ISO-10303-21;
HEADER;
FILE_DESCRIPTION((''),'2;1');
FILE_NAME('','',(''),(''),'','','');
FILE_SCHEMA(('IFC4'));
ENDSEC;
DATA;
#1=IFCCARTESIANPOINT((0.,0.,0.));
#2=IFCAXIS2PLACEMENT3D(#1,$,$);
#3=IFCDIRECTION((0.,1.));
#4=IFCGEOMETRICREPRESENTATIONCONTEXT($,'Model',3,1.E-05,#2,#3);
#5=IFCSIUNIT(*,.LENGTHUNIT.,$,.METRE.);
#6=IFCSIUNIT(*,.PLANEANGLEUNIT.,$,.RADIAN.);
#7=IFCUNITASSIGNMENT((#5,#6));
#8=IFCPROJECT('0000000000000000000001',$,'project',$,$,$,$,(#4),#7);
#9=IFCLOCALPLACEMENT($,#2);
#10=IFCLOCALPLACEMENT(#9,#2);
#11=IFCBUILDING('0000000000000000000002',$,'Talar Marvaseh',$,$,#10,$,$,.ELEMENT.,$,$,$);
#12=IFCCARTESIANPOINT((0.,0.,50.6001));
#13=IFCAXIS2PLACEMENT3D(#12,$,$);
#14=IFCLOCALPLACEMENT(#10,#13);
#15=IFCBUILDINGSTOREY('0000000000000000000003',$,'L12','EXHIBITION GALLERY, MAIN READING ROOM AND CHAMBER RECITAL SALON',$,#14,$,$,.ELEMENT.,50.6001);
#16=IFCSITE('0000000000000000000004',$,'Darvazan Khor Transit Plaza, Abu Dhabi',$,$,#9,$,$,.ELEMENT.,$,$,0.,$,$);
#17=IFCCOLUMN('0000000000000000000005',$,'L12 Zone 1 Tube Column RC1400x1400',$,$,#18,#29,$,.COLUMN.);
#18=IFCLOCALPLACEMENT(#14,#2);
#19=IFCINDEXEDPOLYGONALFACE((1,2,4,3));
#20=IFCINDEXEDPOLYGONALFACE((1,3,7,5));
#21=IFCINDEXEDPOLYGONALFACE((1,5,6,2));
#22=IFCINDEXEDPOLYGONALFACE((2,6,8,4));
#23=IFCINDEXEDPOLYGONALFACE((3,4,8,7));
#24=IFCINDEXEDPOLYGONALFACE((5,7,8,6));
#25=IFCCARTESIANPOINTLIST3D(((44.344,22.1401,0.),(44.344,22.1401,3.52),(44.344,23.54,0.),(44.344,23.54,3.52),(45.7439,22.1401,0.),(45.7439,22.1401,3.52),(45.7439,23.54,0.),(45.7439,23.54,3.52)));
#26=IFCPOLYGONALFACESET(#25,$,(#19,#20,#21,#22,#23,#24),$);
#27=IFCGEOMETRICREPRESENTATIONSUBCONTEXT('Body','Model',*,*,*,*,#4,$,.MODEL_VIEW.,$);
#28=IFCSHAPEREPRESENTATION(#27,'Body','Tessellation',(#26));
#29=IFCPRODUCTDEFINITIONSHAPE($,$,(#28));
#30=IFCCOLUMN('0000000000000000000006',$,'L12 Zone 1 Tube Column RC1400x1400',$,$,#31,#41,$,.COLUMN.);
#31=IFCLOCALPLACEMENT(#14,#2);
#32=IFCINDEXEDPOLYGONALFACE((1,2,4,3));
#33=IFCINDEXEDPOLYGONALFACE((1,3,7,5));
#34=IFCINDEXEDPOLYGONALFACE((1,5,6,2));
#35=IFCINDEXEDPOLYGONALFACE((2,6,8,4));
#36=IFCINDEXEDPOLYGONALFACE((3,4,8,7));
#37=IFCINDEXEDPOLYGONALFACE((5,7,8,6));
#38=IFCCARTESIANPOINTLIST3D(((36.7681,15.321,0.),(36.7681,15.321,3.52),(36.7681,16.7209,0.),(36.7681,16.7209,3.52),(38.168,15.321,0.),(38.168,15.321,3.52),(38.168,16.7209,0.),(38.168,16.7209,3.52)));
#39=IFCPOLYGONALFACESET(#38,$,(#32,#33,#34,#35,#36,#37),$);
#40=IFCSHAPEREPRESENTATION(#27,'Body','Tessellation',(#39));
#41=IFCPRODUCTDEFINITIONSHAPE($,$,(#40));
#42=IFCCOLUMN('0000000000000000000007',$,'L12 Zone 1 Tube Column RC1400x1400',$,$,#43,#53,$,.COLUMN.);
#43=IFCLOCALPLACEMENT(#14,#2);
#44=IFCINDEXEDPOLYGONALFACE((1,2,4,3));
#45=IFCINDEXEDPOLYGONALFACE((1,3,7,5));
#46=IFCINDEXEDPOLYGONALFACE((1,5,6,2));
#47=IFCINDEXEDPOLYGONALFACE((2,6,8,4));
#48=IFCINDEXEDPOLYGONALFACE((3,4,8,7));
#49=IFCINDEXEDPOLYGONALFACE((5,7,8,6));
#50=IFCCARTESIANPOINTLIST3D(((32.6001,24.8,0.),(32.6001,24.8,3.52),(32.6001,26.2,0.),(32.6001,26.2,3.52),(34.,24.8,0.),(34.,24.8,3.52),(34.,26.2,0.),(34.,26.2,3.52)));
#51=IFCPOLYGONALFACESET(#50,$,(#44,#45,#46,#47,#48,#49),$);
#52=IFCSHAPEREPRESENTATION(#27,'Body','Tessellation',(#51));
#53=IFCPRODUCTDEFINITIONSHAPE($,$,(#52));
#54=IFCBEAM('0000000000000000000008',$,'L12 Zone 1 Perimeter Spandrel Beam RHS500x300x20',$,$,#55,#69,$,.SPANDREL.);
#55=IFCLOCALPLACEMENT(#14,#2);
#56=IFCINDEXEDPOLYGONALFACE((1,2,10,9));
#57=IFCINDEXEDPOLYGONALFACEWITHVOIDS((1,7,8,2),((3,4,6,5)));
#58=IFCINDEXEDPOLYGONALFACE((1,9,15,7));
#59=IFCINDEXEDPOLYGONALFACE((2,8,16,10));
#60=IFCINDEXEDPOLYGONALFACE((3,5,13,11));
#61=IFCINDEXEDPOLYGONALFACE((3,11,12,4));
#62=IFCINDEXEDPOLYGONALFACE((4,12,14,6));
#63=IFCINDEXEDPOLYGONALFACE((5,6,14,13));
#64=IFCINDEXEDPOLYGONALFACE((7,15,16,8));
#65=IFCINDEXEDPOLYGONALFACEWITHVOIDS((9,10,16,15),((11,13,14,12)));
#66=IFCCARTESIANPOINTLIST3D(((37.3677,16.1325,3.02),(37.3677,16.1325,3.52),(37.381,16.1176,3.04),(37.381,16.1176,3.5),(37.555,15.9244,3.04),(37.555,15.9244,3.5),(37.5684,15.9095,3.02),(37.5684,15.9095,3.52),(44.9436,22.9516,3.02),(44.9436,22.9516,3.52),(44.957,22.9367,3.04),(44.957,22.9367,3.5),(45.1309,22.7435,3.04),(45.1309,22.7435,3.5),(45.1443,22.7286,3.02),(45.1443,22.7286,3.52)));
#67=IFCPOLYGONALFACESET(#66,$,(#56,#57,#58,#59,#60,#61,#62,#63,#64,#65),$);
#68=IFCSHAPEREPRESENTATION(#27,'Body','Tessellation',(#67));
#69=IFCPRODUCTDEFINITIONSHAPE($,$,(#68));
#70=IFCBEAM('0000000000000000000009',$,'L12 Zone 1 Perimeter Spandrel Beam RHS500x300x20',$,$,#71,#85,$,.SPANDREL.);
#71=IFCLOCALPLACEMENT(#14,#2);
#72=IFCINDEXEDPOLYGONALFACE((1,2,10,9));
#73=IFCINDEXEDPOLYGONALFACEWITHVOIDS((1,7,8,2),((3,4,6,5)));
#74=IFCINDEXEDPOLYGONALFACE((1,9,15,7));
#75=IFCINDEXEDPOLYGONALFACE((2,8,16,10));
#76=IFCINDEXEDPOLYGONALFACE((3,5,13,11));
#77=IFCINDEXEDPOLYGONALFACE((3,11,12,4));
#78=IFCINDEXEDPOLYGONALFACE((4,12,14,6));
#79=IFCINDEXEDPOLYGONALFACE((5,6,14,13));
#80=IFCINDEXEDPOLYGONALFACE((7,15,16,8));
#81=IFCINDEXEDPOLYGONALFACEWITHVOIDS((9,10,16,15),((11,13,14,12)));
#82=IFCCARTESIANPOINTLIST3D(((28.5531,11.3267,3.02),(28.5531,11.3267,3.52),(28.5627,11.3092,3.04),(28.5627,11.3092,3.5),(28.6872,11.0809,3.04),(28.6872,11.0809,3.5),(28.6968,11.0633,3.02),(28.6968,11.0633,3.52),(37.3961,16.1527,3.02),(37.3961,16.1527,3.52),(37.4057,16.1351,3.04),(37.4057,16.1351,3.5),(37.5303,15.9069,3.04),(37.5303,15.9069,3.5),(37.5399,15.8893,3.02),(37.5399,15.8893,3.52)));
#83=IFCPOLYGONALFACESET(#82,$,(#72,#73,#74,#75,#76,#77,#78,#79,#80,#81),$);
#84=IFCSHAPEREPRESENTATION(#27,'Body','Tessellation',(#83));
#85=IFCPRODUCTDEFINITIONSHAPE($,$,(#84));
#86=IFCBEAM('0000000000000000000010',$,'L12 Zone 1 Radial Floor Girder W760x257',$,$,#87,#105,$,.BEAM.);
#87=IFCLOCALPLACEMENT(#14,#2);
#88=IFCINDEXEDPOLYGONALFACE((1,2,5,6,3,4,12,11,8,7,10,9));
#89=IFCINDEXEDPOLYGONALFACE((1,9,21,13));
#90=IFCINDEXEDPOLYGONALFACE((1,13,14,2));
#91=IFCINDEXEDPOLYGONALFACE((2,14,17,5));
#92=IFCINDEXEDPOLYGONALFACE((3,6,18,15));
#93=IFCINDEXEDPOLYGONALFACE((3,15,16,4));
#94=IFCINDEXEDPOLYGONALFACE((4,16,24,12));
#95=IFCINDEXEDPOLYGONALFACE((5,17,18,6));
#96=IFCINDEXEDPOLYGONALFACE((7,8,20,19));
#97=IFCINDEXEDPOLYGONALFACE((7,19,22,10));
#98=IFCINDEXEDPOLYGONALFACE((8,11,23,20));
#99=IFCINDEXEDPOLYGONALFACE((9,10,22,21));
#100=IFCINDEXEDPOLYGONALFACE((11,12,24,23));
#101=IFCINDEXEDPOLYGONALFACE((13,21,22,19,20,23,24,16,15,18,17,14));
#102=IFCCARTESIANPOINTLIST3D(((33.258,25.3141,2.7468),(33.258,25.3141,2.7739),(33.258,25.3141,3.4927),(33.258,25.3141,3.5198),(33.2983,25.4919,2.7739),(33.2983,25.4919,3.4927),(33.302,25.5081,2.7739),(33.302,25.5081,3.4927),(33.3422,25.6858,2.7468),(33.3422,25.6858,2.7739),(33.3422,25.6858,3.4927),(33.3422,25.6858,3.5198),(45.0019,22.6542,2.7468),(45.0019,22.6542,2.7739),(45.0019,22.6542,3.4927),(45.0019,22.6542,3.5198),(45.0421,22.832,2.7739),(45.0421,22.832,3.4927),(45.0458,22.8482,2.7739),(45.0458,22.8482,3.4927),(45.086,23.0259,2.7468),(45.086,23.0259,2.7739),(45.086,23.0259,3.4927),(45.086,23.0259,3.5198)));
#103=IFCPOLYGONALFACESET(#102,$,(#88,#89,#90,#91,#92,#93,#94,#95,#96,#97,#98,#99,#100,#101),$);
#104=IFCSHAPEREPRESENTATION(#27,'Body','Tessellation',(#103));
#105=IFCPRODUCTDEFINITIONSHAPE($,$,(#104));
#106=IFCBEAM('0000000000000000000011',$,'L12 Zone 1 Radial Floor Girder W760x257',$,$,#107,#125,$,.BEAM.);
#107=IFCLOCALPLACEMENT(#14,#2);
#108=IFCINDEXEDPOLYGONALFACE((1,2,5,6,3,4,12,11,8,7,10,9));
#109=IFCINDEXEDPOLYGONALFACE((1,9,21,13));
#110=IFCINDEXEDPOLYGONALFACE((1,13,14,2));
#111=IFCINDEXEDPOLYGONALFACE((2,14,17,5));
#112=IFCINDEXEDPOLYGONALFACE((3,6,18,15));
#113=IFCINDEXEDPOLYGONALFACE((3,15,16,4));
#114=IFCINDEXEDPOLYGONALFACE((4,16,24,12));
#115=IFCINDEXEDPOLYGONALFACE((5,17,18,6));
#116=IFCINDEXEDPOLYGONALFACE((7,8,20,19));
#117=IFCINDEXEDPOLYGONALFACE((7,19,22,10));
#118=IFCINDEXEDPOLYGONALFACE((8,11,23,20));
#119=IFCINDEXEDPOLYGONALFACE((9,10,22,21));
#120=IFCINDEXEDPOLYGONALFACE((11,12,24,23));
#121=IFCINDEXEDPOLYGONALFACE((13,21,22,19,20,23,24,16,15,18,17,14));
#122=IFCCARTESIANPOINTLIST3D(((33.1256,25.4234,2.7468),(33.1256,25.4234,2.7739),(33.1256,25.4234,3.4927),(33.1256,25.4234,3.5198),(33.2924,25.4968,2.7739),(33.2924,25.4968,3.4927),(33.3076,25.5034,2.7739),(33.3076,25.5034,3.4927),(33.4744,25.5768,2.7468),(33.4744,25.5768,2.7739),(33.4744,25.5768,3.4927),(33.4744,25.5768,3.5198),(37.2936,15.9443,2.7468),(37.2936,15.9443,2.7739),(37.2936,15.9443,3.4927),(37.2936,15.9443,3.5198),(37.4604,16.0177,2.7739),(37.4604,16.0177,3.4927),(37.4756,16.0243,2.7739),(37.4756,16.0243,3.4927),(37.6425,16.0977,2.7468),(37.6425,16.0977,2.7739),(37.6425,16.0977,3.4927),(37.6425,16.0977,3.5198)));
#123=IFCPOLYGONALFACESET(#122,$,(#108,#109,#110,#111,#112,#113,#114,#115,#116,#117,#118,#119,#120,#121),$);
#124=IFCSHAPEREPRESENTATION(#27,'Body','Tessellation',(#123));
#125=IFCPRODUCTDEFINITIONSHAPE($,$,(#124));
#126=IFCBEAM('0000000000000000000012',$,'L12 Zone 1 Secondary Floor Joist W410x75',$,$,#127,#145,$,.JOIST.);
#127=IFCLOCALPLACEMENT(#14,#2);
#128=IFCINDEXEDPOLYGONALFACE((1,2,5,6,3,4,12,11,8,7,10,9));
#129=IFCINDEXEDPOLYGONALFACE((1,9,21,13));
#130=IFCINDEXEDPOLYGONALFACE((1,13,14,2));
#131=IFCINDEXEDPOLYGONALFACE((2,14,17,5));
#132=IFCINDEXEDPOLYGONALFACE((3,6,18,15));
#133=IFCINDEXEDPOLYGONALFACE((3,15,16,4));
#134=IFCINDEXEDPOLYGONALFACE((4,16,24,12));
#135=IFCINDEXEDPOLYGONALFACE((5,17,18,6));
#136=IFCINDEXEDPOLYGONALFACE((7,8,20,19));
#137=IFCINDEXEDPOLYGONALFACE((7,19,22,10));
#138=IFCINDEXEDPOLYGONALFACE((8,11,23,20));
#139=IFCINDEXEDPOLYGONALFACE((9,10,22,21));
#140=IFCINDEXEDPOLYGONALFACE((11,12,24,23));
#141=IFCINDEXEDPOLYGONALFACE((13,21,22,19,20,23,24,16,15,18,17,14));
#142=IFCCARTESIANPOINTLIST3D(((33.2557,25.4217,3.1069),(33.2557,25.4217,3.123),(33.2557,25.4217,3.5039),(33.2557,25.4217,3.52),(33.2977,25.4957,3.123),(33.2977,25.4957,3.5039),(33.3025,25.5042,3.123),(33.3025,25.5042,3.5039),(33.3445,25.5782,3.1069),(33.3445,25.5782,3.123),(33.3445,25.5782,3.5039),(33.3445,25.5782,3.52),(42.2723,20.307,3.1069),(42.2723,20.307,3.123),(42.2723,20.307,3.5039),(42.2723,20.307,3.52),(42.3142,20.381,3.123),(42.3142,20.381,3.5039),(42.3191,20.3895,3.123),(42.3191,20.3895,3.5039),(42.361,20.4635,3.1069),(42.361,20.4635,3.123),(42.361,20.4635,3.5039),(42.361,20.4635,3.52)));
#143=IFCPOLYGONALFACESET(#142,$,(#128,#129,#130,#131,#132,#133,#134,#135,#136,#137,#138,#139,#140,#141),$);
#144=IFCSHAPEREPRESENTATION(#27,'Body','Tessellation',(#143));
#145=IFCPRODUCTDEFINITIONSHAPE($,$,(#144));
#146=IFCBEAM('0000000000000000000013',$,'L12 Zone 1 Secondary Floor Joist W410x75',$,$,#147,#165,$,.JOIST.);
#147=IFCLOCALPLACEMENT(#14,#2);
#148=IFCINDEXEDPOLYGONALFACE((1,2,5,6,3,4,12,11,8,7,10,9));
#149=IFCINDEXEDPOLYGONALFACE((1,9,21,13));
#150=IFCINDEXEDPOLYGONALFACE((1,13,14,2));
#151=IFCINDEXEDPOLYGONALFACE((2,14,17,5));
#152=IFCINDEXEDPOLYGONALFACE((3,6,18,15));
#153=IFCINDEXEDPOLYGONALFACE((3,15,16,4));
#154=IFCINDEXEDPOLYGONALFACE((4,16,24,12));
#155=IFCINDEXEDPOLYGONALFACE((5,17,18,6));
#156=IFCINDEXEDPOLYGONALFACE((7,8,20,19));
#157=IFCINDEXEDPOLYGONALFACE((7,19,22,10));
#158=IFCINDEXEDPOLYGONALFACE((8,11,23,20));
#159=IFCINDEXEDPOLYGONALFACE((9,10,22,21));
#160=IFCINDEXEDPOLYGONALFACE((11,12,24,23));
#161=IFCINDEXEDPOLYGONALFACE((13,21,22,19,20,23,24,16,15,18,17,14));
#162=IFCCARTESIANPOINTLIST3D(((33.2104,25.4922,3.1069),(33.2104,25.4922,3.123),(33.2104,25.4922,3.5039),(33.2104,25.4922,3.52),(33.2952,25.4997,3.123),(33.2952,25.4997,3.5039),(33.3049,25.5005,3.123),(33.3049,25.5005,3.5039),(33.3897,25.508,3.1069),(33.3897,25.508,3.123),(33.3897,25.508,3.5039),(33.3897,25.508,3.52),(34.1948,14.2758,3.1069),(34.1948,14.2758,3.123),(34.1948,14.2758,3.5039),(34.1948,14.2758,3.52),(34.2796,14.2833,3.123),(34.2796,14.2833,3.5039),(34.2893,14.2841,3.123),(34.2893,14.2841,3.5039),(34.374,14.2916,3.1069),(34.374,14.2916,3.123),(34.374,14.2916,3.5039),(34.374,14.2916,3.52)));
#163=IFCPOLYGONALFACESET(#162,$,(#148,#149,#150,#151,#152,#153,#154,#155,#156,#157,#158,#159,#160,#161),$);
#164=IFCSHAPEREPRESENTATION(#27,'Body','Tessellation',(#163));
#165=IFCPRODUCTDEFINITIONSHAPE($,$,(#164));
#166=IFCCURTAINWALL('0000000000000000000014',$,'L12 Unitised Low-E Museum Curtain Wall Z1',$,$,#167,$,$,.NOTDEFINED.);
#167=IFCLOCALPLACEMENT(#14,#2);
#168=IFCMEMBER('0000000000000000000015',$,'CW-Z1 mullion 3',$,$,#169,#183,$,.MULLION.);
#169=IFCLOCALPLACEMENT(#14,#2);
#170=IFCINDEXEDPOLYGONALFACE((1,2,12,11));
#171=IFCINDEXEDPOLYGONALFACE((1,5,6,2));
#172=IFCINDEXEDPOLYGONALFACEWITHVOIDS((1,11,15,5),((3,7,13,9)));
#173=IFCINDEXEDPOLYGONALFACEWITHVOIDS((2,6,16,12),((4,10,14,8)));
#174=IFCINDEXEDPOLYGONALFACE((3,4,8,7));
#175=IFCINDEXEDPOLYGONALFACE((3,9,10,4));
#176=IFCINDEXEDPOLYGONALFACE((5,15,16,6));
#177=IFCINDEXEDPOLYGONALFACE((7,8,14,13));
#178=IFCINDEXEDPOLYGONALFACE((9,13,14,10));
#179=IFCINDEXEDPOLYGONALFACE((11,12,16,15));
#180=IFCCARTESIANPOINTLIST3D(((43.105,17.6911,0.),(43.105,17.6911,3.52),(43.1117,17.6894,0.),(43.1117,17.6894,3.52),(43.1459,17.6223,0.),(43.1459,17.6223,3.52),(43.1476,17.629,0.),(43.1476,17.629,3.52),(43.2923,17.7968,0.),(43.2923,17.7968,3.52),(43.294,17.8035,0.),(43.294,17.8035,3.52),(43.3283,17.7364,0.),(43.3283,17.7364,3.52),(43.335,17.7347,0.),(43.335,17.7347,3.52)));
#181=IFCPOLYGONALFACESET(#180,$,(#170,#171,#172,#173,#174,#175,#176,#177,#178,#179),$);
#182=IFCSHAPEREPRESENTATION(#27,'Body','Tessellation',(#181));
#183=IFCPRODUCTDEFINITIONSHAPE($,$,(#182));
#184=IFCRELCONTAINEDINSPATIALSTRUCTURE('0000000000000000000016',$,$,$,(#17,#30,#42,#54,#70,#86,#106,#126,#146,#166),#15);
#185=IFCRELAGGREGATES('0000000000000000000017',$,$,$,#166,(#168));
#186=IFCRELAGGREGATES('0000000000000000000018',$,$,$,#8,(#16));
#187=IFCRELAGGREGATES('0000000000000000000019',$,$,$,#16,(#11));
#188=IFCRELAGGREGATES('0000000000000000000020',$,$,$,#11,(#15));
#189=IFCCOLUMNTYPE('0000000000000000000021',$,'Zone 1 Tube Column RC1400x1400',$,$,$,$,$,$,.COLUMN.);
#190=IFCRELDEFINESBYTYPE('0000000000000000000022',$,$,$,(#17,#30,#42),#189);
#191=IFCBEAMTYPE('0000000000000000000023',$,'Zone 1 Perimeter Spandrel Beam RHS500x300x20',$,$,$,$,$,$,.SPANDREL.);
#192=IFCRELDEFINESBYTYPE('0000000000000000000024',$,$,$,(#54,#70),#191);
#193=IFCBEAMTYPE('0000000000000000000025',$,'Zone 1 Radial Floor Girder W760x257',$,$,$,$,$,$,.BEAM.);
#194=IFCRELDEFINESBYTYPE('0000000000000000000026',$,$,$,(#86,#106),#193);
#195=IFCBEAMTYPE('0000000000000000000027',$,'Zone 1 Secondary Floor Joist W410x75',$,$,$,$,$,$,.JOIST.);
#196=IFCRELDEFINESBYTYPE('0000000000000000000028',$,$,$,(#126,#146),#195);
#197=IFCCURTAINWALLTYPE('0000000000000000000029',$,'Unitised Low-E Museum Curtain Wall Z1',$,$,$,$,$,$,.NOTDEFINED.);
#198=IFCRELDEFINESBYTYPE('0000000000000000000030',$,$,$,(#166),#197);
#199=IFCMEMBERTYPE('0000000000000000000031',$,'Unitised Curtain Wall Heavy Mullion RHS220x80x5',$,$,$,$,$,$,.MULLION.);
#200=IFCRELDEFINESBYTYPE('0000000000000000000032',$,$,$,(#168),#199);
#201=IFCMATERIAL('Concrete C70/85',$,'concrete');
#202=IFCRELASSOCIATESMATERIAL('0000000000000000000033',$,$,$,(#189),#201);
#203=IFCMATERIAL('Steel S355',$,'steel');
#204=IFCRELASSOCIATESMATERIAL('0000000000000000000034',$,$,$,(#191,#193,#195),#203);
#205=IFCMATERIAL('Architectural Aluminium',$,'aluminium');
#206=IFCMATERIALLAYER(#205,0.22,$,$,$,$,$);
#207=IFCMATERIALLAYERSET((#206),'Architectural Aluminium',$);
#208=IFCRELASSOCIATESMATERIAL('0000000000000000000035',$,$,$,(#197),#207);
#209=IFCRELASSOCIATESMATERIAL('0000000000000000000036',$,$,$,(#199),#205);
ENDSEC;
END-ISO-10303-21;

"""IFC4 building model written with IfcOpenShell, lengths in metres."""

from ifc_helpers import new_model, si_unit, direction, frame, origin, origin_2d, place, context, subcontext, project, spatial, rectangle, hollow_rectangle, i_section, extrude, source, transform, mapped, material, layer, layer_set, material_profile, profile_set, type_object, type_shapes, element, aggregate, save


model = new_model("IFC4")

# Units and contexts
model_context = context("Model", 3, precision=1e-05, world=origin(), true_north=direction((0.0, 1.0)))
body_context = subcontext(model_context, "Body", "Model", "MODEL_VIEW")
ifc_project = project(units=[si_unit("LENGTHUNIT", "METRE"), si_unit("PLANEANGLEUNIT", "RADIAN")], contexts=[model_context])

# Site, building, storey
site_placement = place(None, origin())
site = spatial("IfcSite", under=ifc_project, at=site_placement, Name="Darvazan Khor Transit Plaza, Abu Dhabi", CompositionType="ELEMENT", RefElevation=0.0)
building_placement = place(site_placement, origin())
building = spatial("IfcBuilding", under=site, at=building_placement, Name="Talar Marvaseh", CompositionType="ELEMENT")
storey_placement = place(building_placement, frame((0.0, 0.0, 50.6001)))
storey = spatial("IfcBuildingStorey", under=building, at=storey_placement, Name="L12", Description="EXHIBITION GALLERY, MAIN READING ROOM AND CHAMBER RECITAL SALON", CompositionType="ELEMENT", Elevation=50.6001)

# Columns
ifc_material_1 = material(Name="Concrete C70/85", Category="concrete")
ifc_material_profile_1 = material_profile(ifc_material_1, rectangle(XDim=1.3999, YDim=1.3999, at=origin_2d()), Name="RC1400x1400")
ifc_profile_set_1 = profile_set([ifc_material_profile_1], Name="Concrete C70/85")
column_type = type_object("IfcColumnType", Name="Zone 1 Tube Column RC1400x1400", PredefinedType="COLUMN", material=ifc_profile_set_1)
for number, where, z_axis, x_axis, name in (
    (1, (45.0439, 22.8401, 0.0), (0.0, 0.0, 1.0), (1.0, 0.0, 0.0), "L12 Zone 1 Tube Column RC1400x1400"),
    (2, (37.468, 16.021, 0.0), (0.0, 0.0, 1.0), (1.0, 0.0, 0.0), "L12 Zone 1 Tube Column RC1400x1400"),
    (3, (33.3, 25.5, 0.0), (0.0, 0.0, 1.0), (1.0, 0.0, 0.0), "L12 Zone 1 Tube Column RC1400x1400"),
):
    element("IfcColumn", number, at=place(storey_placement, frame(where, z_axis=z_axis, x_axis=x_axis)), inside=storey, type_object=column_type, Name=name, PredefinedType="COLUMN", context=body_context, shape_type="SweptSolid", body=[
        extrude(rectangle(XDim=1.3999, YDim=1.3999, at=origin_2d()), origin(), (0.0, 0.0, 1.0), 3.52),
    ])

# Beams
ifc_material_2 = material(Name="Steel S355", Category="steel")
ifc_material_profile_2 = material_profile(ifc_material_2, hollow_rectangle(XDim=0.3, YDim=0.5, WallThickness=0.02, at=origin_2d()), Name="RHS500x300x20")
ifc_profile_set_2 = profile_set([ifc_material_profile_2], Name="Steel S355")
beam_type_1 = type_object("IfcBeamType", Name="Zone 1 Perimeter Spandrel Beam RHS500x300x20", PredefinedType="SPANDREL", material=ifc_profile_set_2)
beam_1_placement = place(storey_placement, frame((45.0439, 22.8401, 3.27), z_axis=(-0.743257, -0.669006, 0.0), x_axis=(0.669006, -0.743257, 0.0)))
element("IfcBeam", 4, at=beam_1_placement, inside=storey, type_object=beam_type_1, Name="L12 Zone 1 Perimeter Spandrel Beam RHS500x300x20", PredefinedType="SPANDREL", context=body_context, shape_type="SweptSolid", body=[
    extrude(hollow_rectangle(XDim=0.3, YDim=0.5, WallThickness=0.02, at=origin_2d()), origin(), (0.0, 0.0, 1.0), 10.1929),
])
beam_2_placement = place(storey_placement, frame((37.468, 16.021, 3.27), z_axis=(-0.877793, -0.479041, 0.0), x_axis=(0.479041, -0.877793, 0.0)))
element("IfcBeam", 5, at=beam_2_placement, inside=storey, type_object=beam_type_1, Name="L12 Zone 1 Perimeter Spandrel Beam RHS500x300x20", PredefinedType="SPANDREL", context=body_context, shape_type="SweptSolid", body=[
    extrude(hollow_rectangle(XDim=0.3, YDim=0.5, WallThickness=0.02, at=origin_2d()), origin(), (0.0, 0.0, 1.0), 10.0742),
])
ifc_material_profile_3 = material_profile(ifc_material_2, i_section(OverallWidth=0.3811, OverallDepth=0.7729, WebThickness=0.0166, FlangeThickness=0.0271, at=origin_2d()), Name="W760x257")
ifc_profile_set_3 = profile_set([ifc_material_profile_3], Name="Steel S355")
beam_type_2 = type_object("IfcBeamType", Name="Zone 1 Radial Floor Girder W760x257", PredefinedType="BEAM", material=ifc_profile_set_3)
beam_3_placement = place(storey_placement, frame((45.0439, 22.8401, 3.1333), z_axis=(-0.975297, 0.220898, 0.0), x_axis=(-0.220898, -0.975297, 0.0)))
element("IfcBeam", 6, at=beam_3_placement, inside=storey, type_object=beam_type_2, Name="L12 Zone 1 Radial Floor Girder W760x257", PredefinedType="BEAM", context=body_context, shape_type="SweptSolid", body=[
    extrude(i_section(OverallWidth=0.3811, OverallDepth=0.7729, WebThickness=0.0166, FlangeThickness=0.0271, at=origin_2d()), origin(), (0.0, 0.0, 1.0), 12.0413),
])
beam_4_placement = place(storey_placement, frame((37.468, 16.021, 3.1333), z_axis=(-0.402513, 0.915414, 0.0), x_axis=(-0.915414, -0.402513, 0.0)))
element("IfcBeam", 7, at=beam_4_placement, inside=storey, type_object=beam_type_2, Name="L12 Zone 1 Radial Floor Girder W760x257", PredefinedType="BEAM", context=body_context, shape_type="SweptSolid", body=[
    extrude(i_section(OverallWidth=0.3811, OverallDepth=0.7729, WebThickness=0.0166, FlangeThickness=0.0271, at=origin_2d()), origin(), (0.0, 0.0, 1.0), 10.355),
])
ifc_material_profile_4 = material_profile(ifc_material_2, i_section(OverallWidth=0.1799, OverallDepth=0.4131, WebThickness=0.0098, FlangeThickness=0.0161, at=origin_2d()), Name="W410x75")
ifc_profile_set_4 = profile_set([ifc_material_profile_4], Name="Steel S355")
beam_type_3 = type_object("IfcBeamType", Name="Zone 1 Secondary Floor Joist W410x75", PredefinedType="JOIST", material=ifc_profile_set_4)
beam_5_placement = place(storey_placement, frame((42.3167, 20.3853, 3.3135), z_axis=(-0.869801, 0.493402, 0.0), x_axis=(-0.493402, -0.869801, 0.0)))
element("IfcBeam", 8, at=beam_5_placement, inside=storey, type_object=beam_type_3, Name="L12 Zone 1 Secondary Floor Joist W410x75", PredefinedType="JOIST", context=body_context, shape_type="SweptSolid", body=[
    extrude(i_section(OverallWidth=0.1799, OverallDepth=0.4131, WebThickness=0.0098, FlangeThickness=0.0161, at=origin_2d()), origin(), (0.0, 0.0, 1.0), 10.3662),
])
beam_6_placement = place(storey_placement, frame((34.2844, 14.2837, 3.3135), z_axis=(-0.087427, 0.996171, 0.0), x_axis=(-0.996171, -0.087427, 0.0)))
element("IfcBeam", 9, at=beam_6_placement, inside=storey, type_object=beam_type_3, Name="L12 Zone 1 Secondary Floor Joist W410x75", PredefinedType="JOIST", context=body_context, shape_type="SweptSolid", body=[
    extrude(i_section(OverallWidth=0.1799, OverallDepth=0.4131, WebThickness=0.0098, FlangeThickness=0.0161, at=origin_2d()), origin(), (0.0, 0.0, 1.0), 11.2595),
])

# Curtain wall, member
ifc_material_3 = material(Name="Architectural Aluminium", Category="aluminium")
ifc_layer_1 = layer(ifc_material_3, 0.22)
ifc_layer_set_1 = layer_set([ifc_layer_1], Name="Architectural Aluminium")
curtain_wall_type = type_object("IfcCurtainWallType", Name="Unitised Low-E Museum Curtain Wall Z1", PredefinedType="NOTDEFINED", material=ifc_layer_set_1)
curtain_wall_1_placement = place(storey_placement, origin())
curtain_wall_1 = element("IfcCurtainWall", 10, at=curtain_wall_1_placement, inside=storey, type_object=curtain_wall_type, Name="L12 Unitised Low-E Museum Curtain Wall Z1", PredefinedType="NOTDEFINED")
ifc_material_profile_5 = material_profile(ifc_material_3, hollow_rectangle(XDim=0.0801, YDim=0.22, WallThickness=0.0049, at=origin_2d()), Name="RHS220x80x5")
ifc_profile_set_5 = profile_set([ifc_material_profile_5], Name="Architectural Aluminium")
member_type_1 = type_object("IfcMemberType", Name="Unitised Curtain Wall Heavy Mullion RHS220x80x5", PredefinedType="MULLION", material=ifc_profile_set_5)
shared_shape_1 = source(origin(), body_context, "Body", "SweptSolid", [
    extrude(hollow_rectangle(XDim=0.0801, YDim=0.22, WallThickness=0.0049, at=origin_2d()), origin(), (0.0, 0.0, 1.0), 3.52),
])
type_shapes(member_type_1, [shared_shape_1])
member_1_placement = place(storey_placement, frame((43.22, 17.7129, 0.0), z_axis=(0.0, 0.0, 1.0), x_axis=(0.511155, -0.859489, 0.0)))
member_1 = element("IfcMember", 11, at=member_1_placement, type_object=member_type_1, Name="CW-Z1 mullion 3", PredefinedType="MULLION", context=body_context, shape_type="MappedRepresentation", body=[
    mapped(shared_shape_1, transform((0.0, 0.0, 0.0), x_axis=(1.0, 0.0, 0.0), y_axis=(0.0, 1.0, 0.0), z_axis=(0.0, 0.0, 1.0), scale=1.0)),
])
aggregate(curtain_wall_1, [member_1])

save(model, "model.ifc")
